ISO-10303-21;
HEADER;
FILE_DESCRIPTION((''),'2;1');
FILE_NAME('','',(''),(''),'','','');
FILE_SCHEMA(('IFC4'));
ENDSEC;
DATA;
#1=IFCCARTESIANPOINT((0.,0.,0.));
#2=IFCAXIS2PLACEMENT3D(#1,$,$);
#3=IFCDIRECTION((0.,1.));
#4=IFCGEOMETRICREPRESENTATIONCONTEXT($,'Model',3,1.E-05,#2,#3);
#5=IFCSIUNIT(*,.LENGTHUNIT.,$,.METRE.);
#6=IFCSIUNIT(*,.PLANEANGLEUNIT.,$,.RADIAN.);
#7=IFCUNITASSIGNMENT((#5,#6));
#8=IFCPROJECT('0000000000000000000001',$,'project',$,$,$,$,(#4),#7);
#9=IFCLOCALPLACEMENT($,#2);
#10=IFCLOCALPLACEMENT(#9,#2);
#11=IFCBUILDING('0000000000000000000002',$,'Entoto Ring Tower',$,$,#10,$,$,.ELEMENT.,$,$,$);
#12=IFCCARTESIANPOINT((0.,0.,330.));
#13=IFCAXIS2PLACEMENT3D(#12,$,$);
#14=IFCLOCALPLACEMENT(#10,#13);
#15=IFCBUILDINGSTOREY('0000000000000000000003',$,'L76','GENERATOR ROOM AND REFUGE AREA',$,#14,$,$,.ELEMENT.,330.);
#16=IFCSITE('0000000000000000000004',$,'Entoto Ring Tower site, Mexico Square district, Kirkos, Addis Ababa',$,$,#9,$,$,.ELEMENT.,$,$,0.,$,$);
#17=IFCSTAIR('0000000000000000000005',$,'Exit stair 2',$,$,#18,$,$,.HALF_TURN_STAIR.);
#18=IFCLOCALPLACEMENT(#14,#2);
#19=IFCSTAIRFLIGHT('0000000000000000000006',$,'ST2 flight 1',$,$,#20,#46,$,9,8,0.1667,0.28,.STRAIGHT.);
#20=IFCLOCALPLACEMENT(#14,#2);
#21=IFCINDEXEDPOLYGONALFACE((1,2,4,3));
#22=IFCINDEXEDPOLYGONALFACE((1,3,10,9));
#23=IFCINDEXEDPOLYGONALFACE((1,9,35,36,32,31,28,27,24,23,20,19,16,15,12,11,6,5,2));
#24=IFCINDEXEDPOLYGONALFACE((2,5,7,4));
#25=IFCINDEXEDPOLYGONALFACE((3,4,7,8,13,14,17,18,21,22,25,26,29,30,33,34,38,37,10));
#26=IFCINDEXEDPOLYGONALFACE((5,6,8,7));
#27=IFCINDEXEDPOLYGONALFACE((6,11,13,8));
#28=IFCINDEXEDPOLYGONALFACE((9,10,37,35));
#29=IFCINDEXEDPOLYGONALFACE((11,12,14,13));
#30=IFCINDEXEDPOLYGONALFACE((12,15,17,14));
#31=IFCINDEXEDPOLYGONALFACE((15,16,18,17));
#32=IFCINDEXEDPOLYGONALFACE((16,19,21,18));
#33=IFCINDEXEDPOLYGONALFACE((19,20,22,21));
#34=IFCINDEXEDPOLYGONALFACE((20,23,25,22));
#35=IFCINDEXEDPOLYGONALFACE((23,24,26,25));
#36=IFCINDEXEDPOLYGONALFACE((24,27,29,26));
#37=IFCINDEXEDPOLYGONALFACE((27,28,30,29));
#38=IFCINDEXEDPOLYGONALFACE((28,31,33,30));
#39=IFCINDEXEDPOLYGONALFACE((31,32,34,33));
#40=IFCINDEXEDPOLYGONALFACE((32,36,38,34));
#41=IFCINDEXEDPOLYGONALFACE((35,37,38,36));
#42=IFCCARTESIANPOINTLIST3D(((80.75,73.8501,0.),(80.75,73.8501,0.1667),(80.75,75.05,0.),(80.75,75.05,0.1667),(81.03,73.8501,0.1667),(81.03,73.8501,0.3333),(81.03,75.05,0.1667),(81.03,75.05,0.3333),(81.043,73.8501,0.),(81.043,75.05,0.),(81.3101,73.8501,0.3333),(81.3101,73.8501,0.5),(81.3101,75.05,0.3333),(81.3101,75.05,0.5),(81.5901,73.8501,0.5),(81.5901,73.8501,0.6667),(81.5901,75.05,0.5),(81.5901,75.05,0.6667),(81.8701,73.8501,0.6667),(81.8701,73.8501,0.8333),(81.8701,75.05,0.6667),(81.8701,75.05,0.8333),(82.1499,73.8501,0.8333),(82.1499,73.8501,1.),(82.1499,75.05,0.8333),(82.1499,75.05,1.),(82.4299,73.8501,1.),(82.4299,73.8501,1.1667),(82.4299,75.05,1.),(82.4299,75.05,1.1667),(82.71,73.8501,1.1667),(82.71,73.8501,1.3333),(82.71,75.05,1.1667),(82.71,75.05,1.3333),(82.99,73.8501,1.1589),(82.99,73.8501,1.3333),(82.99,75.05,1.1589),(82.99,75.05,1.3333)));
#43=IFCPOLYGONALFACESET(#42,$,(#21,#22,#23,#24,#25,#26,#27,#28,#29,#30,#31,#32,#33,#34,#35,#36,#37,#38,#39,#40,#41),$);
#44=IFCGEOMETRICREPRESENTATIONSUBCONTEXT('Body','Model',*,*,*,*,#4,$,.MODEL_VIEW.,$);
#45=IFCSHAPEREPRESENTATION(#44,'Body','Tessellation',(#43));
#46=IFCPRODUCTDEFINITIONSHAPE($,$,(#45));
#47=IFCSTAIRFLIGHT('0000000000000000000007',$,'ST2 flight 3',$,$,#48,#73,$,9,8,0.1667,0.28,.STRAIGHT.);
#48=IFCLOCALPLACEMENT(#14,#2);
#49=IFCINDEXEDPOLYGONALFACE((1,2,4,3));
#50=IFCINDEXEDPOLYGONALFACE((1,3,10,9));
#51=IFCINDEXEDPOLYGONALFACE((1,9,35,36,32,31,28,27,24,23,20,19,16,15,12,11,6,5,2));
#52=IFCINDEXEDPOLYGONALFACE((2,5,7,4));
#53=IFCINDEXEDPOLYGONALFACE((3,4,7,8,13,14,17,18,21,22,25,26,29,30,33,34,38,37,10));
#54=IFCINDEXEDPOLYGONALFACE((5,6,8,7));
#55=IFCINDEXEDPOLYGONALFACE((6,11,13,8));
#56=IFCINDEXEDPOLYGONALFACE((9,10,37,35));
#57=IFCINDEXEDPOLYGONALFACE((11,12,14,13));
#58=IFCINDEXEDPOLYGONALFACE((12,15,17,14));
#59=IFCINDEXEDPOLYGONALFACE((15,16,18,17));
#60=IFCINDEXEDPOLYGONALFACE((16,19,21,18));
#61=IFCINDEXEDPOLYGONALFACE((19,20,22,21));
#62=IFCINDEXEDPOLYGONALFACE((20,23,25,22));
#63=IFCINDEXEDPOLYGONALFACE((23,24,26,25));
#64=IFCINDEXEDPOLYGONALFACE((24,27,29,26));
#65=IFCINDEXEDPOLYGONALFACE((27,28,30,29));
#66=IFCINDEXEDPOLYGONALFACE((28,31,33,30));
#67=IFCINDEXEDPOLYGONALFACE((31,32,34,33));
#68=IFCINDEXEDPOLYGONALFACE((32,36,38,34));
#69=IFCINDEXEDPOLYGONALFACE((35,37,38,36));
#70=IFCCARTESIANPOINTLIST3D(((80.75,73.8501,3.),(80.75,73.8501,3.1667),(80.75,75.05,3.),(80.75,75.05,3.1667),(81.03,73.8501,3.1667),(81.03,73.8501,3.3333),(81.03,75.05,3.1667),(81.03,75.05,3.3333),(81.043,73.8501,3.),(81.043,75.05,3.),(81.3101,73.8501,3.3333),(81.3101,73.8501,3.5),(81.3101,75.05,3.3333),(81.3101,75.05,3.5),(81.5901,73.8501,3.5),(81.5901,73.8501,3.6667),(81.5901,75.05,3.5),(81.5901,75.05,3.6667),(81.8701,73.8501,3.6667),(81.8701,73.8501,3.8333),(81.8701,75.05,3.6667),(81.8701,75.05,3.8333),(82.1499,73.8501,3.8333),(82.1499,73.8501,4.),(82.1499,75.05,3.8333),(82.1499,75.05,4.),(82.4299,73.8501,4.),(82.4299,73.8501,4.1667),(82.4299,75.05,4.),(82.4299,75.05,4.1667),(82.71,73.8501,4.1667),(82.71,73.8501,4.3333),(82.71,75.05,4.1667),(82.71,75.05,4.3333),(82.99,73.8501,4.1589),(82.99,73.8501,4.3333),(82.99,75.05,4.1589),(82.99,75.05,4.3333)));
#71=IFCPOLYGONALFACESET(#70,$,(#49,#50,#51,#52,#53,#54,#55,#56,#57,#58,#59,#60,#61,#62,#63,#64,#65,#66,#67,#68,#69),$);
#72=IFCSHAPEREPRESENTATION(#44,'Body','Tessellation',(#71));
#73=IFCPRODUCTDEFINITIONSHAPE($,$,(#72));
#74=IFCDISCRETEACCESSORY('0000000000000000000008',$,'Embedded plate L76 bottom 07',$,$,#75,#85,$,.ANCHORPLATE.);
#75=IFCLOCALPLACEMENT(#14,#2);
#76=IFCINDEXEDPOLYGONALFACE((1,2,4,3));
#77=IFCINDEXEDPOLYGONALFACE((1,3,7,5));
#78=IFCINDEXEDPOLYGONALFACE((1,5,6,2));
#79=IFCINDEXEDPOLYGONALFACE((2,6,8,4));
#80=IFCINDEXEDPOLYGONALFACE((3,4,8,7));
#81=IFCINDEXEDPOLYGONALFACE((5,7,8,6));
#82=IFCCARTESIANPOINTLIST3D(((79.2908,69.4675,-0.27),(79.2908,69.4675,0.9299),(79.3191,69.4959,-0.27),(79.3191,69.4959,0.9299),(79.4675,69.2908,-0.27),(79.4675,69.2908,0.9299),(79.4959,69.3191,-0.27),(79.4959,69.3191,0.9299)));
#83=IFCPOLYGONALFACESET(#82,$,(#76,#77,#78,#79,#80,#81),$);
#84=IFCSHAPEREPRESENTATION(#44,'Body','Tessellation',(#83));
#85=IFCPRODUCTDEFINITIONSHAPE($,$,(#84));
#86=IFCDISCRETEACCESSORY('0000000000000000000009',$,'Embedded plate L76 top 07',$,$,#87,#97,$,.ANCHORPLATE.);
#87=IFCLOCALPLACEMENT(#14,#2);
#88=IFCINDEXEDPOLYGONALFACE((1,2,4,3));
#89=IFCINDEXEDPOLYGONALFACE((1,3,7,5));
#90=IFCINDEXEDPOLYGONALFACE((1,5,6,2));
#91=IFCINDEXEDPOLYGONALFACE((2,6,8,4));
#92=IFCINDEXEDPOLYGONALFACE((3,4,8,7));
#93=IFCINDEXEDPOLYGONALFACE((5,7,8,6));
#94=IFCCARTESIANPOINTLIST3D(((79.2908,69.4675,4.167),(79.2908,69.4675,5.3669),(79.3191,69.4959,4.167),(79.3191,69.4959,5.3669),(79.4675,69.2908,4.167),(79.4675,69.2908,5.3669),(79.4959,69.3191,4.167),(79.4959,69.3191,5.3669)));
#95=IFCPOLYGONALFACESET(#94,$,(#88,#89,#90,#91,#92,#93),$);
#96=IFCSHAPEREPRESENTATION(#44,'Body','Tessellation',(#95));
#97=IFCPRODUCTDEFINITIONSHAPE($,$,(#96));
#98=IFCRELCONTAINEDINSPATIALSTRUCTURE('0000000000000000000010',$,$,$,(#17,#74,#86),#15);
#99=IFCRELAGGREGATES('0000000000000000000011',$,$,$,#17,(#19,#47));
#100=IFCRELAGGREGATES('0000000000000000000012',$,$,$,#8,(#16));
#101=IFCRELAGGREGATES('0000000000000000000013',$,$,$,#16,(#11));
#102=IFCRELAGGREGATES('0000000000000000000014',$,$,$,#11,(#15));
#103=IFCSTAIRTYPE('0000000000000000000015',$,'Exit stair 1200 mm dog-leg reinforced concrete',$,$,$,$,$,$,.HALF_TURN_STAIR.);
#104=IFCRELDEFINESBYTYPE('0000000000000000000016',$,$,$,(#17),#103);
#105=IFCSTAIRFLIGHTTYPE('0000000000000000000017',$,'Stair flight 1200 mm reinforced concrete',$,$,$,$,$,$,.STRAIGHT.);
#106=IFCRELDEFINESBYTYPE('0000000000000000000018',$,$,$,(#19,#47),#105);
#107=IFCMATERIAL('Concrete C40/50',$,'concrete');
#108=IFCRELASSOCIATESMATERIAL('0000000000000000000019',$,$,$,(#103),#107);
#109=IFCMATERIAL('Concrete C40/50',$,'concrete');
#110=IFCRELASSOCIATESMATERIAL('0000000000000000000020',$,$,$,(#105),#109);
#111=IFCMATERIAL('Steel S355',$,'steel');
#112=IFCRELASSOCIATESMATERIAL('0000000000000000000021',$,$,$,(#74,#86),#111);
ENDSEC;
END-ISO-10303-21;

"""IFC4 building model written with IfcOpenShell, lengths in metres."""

from ifc_helpers import new_model, si_unit, direction, frame, origin, origin_2d, place, context, subcontext, project, spatial, polyline, rectangle, outline, extrude, material, type_object, element, aggregate, save


model = new_model("IFC4")

# Units and contexts
model_context = context("Model", 3, precision=1e-05, world=origin(), true_north=direction((0.0, 1.0)))
body_context = subcontext(model_context, "Body", "Model", "MODEL_VIEW")
ifc_project = project(units=[si_unit("LENGTHUNIT", "METRE"), si_unit("PLANEANGLEUNIT", "RADIAN")], contexts=[model_context])

# Site, building, storey
site_placement = place(None, origin())
site = spatial("IfcSite", under=ifc_project, at=site_placement, Name="Entoto Ring Tower site, Mexico Square district, Kirkos, Addis Ababa", CompositionType="ELEMENT", RefElevation=0.0)
building_placement = place(site_placement, origin())
building = spatial("IfcBuilding", under=site, at=building_placement, Name="Entoto Ring Tower", CompositionType="ELEMENT")
storey_placement = place(building_placement, frame((0.0, 0.0, 330.0)))
storey = spatial("IfcBuildingStorey", under=building, at=storey_placement, Name="L76", Description="GENERATOR ROOM AND REFUGE AREA", CompositionType="ELEMENT", Elevation=330.0)

# Stair, stair flights
ifc_material_1 = material(Name="Concrete C40/50", Category="concrete")
stair_type = type_object("IfcStairType", Name="Exit stair 1200 mm dog-leg reinforced concrete", PredefinedType="HALF_TURN_STAIR", material=ifc_material_1)
stair_placement = place(storey_placement, origin())
stair = element("IfcStair", 1, at=stair_placement, inside=storey, type_object=stair_type, Name="Exit stair 2", PredefinedType="HALF_TURN_STAIR")
ifc_material_2 = material(Name="Concrete C40/50", Category="concrete")
stair_flight_type = type_object("IfcStairFlightType", Name="Stair flight 1200 mm reinforced concrete", PredefinedType="STRAIGHT", material=ifc_material_2)
stair_flight_1_placement = place(storey_placement, frame((80.75, 74.45, 0.0), z_axis=(0.0, 0.0, 1.0), x_axis=(1.0, 0.0, 0.0)))
stair_flight_1 = element("IfcStairFlight", 2, at=stair_flight_1_placement, type_object=stair_flight_type, Name="ST2 flight 1", NumberOfRisers=9, NumberOfTreads=8, PredefinedType="STRAIGHT", RiserHeight=0.1667, TreadLength=0.28, context=body_context, shape_type="SweptSolid", body=[
    extrude(outline(polyline([(0.0, 0.0), (0.0, 0.1667), (0.28, 0.1667), (0.28, 0.3333), (0.5601, 0.3333), (0.5601, 0.5), (0.8401, 0.5), (0.8401, 0.6667), (1.1201, 0.6667), (1.1201, 0.8333), (1.3999, 0.8333), (1.3999, 1.0), (1.6799, 1.0), (1.6799, 1.1667), (1.96, 1.1667), (1.96, 1.3333), (2.24, 1.3333), (2.24, 1.5), (2.24, 1.1589), (0.293, 0.0), (0.0, 0.0)])), frame((0.0, 0.6001, 0.0), z_axis=(0.0, -1.0, 0.0), x_axis=(1.0, 0.0, 0.0)), (0.0, 0.0, 1.0), 1.2),
])
stair_flight_2_placement = place(storey_placement, frame((80.75, 74.45, 3.0), z_axis=(0.0, 0.0, 1.0), x_axis=(1.0, 0.0, 0.0)))
stair_flight_2 = element("IfcStairFlight", 3, at=stair_flight_2_placement, type_object=stair_flight_type, Name="ST2 flight 3", NumberOfRisers=9, NumberOfTreads=8, PredefinedType="STRAIGHT", RiserHeight=0.1667, TreadLength=0.28, context=body_context, shape_type="SweptSolid", body=[
    extrude(outline(polyline([(0.0, 0.0), (0.0, 0.1667), (0.28, 0.1667), (0.28, 0.3333), (0.5601, 0.3333), (0.5601, 0.5), (0.8401, 0.5), (0.8401, 0.6667), (1.1201, 0.6667), (1.1201, 0.8333), (1.3999, 0.8333), (1.3999, 1.0), (1.6799, 1.0), (1.6799, 1.1667), (1.96, 1.1667), (1.96, 1.3333), (2.24, 1.3333), (2.24, 1.5), (2.24, 1.1589), (0.293, 0.0), (0.0, 0.0)])), frame((0.0, 0.6001, 0.0), z_axis=(0.0, -1.0, 0.0), x_axis=(1.0, 0.0, 0.0)), (0.0, 0.0, 1.0), 1.2),
])
aggregate(stair, [stair_flight_1, stair_flight_2])

# Discrete accessories
ifc_material_3 = material(Name="Steel S355", Category="steel")
for number, where, z_axis, x_axis, name in (
    (4, (79.3933, 69.3933, -0.27), (0.0, 0.0, 1.0), (-0.707107, -0.707107, 0.0), "Embedded plate L76 bottom 07"),
    (5, (79.3933, 69.3933, 4.167), (0.0, 0.0, 1.0), (-0.707107, -0.707107, 0.0), "Embedded plate L76 top 07"),
):
    element("IfcDiscreteAccessory", number, at=place(storey_placement, frame(where, z_axis=z_axis, x_axis=x_axis)), inside=storey, material=ifc_material_3, Name=name, PredefinedType="ANCHORPLATE", context=body_context, shape_type="SweptSolid", body=[
        extrude(rectangle(XDim=0.04, YDim=0.25, at=origin_2d()), origin(), (0.0, 0.0, 1.0), 1.2),
    ])

save(model, "model.ifc")
